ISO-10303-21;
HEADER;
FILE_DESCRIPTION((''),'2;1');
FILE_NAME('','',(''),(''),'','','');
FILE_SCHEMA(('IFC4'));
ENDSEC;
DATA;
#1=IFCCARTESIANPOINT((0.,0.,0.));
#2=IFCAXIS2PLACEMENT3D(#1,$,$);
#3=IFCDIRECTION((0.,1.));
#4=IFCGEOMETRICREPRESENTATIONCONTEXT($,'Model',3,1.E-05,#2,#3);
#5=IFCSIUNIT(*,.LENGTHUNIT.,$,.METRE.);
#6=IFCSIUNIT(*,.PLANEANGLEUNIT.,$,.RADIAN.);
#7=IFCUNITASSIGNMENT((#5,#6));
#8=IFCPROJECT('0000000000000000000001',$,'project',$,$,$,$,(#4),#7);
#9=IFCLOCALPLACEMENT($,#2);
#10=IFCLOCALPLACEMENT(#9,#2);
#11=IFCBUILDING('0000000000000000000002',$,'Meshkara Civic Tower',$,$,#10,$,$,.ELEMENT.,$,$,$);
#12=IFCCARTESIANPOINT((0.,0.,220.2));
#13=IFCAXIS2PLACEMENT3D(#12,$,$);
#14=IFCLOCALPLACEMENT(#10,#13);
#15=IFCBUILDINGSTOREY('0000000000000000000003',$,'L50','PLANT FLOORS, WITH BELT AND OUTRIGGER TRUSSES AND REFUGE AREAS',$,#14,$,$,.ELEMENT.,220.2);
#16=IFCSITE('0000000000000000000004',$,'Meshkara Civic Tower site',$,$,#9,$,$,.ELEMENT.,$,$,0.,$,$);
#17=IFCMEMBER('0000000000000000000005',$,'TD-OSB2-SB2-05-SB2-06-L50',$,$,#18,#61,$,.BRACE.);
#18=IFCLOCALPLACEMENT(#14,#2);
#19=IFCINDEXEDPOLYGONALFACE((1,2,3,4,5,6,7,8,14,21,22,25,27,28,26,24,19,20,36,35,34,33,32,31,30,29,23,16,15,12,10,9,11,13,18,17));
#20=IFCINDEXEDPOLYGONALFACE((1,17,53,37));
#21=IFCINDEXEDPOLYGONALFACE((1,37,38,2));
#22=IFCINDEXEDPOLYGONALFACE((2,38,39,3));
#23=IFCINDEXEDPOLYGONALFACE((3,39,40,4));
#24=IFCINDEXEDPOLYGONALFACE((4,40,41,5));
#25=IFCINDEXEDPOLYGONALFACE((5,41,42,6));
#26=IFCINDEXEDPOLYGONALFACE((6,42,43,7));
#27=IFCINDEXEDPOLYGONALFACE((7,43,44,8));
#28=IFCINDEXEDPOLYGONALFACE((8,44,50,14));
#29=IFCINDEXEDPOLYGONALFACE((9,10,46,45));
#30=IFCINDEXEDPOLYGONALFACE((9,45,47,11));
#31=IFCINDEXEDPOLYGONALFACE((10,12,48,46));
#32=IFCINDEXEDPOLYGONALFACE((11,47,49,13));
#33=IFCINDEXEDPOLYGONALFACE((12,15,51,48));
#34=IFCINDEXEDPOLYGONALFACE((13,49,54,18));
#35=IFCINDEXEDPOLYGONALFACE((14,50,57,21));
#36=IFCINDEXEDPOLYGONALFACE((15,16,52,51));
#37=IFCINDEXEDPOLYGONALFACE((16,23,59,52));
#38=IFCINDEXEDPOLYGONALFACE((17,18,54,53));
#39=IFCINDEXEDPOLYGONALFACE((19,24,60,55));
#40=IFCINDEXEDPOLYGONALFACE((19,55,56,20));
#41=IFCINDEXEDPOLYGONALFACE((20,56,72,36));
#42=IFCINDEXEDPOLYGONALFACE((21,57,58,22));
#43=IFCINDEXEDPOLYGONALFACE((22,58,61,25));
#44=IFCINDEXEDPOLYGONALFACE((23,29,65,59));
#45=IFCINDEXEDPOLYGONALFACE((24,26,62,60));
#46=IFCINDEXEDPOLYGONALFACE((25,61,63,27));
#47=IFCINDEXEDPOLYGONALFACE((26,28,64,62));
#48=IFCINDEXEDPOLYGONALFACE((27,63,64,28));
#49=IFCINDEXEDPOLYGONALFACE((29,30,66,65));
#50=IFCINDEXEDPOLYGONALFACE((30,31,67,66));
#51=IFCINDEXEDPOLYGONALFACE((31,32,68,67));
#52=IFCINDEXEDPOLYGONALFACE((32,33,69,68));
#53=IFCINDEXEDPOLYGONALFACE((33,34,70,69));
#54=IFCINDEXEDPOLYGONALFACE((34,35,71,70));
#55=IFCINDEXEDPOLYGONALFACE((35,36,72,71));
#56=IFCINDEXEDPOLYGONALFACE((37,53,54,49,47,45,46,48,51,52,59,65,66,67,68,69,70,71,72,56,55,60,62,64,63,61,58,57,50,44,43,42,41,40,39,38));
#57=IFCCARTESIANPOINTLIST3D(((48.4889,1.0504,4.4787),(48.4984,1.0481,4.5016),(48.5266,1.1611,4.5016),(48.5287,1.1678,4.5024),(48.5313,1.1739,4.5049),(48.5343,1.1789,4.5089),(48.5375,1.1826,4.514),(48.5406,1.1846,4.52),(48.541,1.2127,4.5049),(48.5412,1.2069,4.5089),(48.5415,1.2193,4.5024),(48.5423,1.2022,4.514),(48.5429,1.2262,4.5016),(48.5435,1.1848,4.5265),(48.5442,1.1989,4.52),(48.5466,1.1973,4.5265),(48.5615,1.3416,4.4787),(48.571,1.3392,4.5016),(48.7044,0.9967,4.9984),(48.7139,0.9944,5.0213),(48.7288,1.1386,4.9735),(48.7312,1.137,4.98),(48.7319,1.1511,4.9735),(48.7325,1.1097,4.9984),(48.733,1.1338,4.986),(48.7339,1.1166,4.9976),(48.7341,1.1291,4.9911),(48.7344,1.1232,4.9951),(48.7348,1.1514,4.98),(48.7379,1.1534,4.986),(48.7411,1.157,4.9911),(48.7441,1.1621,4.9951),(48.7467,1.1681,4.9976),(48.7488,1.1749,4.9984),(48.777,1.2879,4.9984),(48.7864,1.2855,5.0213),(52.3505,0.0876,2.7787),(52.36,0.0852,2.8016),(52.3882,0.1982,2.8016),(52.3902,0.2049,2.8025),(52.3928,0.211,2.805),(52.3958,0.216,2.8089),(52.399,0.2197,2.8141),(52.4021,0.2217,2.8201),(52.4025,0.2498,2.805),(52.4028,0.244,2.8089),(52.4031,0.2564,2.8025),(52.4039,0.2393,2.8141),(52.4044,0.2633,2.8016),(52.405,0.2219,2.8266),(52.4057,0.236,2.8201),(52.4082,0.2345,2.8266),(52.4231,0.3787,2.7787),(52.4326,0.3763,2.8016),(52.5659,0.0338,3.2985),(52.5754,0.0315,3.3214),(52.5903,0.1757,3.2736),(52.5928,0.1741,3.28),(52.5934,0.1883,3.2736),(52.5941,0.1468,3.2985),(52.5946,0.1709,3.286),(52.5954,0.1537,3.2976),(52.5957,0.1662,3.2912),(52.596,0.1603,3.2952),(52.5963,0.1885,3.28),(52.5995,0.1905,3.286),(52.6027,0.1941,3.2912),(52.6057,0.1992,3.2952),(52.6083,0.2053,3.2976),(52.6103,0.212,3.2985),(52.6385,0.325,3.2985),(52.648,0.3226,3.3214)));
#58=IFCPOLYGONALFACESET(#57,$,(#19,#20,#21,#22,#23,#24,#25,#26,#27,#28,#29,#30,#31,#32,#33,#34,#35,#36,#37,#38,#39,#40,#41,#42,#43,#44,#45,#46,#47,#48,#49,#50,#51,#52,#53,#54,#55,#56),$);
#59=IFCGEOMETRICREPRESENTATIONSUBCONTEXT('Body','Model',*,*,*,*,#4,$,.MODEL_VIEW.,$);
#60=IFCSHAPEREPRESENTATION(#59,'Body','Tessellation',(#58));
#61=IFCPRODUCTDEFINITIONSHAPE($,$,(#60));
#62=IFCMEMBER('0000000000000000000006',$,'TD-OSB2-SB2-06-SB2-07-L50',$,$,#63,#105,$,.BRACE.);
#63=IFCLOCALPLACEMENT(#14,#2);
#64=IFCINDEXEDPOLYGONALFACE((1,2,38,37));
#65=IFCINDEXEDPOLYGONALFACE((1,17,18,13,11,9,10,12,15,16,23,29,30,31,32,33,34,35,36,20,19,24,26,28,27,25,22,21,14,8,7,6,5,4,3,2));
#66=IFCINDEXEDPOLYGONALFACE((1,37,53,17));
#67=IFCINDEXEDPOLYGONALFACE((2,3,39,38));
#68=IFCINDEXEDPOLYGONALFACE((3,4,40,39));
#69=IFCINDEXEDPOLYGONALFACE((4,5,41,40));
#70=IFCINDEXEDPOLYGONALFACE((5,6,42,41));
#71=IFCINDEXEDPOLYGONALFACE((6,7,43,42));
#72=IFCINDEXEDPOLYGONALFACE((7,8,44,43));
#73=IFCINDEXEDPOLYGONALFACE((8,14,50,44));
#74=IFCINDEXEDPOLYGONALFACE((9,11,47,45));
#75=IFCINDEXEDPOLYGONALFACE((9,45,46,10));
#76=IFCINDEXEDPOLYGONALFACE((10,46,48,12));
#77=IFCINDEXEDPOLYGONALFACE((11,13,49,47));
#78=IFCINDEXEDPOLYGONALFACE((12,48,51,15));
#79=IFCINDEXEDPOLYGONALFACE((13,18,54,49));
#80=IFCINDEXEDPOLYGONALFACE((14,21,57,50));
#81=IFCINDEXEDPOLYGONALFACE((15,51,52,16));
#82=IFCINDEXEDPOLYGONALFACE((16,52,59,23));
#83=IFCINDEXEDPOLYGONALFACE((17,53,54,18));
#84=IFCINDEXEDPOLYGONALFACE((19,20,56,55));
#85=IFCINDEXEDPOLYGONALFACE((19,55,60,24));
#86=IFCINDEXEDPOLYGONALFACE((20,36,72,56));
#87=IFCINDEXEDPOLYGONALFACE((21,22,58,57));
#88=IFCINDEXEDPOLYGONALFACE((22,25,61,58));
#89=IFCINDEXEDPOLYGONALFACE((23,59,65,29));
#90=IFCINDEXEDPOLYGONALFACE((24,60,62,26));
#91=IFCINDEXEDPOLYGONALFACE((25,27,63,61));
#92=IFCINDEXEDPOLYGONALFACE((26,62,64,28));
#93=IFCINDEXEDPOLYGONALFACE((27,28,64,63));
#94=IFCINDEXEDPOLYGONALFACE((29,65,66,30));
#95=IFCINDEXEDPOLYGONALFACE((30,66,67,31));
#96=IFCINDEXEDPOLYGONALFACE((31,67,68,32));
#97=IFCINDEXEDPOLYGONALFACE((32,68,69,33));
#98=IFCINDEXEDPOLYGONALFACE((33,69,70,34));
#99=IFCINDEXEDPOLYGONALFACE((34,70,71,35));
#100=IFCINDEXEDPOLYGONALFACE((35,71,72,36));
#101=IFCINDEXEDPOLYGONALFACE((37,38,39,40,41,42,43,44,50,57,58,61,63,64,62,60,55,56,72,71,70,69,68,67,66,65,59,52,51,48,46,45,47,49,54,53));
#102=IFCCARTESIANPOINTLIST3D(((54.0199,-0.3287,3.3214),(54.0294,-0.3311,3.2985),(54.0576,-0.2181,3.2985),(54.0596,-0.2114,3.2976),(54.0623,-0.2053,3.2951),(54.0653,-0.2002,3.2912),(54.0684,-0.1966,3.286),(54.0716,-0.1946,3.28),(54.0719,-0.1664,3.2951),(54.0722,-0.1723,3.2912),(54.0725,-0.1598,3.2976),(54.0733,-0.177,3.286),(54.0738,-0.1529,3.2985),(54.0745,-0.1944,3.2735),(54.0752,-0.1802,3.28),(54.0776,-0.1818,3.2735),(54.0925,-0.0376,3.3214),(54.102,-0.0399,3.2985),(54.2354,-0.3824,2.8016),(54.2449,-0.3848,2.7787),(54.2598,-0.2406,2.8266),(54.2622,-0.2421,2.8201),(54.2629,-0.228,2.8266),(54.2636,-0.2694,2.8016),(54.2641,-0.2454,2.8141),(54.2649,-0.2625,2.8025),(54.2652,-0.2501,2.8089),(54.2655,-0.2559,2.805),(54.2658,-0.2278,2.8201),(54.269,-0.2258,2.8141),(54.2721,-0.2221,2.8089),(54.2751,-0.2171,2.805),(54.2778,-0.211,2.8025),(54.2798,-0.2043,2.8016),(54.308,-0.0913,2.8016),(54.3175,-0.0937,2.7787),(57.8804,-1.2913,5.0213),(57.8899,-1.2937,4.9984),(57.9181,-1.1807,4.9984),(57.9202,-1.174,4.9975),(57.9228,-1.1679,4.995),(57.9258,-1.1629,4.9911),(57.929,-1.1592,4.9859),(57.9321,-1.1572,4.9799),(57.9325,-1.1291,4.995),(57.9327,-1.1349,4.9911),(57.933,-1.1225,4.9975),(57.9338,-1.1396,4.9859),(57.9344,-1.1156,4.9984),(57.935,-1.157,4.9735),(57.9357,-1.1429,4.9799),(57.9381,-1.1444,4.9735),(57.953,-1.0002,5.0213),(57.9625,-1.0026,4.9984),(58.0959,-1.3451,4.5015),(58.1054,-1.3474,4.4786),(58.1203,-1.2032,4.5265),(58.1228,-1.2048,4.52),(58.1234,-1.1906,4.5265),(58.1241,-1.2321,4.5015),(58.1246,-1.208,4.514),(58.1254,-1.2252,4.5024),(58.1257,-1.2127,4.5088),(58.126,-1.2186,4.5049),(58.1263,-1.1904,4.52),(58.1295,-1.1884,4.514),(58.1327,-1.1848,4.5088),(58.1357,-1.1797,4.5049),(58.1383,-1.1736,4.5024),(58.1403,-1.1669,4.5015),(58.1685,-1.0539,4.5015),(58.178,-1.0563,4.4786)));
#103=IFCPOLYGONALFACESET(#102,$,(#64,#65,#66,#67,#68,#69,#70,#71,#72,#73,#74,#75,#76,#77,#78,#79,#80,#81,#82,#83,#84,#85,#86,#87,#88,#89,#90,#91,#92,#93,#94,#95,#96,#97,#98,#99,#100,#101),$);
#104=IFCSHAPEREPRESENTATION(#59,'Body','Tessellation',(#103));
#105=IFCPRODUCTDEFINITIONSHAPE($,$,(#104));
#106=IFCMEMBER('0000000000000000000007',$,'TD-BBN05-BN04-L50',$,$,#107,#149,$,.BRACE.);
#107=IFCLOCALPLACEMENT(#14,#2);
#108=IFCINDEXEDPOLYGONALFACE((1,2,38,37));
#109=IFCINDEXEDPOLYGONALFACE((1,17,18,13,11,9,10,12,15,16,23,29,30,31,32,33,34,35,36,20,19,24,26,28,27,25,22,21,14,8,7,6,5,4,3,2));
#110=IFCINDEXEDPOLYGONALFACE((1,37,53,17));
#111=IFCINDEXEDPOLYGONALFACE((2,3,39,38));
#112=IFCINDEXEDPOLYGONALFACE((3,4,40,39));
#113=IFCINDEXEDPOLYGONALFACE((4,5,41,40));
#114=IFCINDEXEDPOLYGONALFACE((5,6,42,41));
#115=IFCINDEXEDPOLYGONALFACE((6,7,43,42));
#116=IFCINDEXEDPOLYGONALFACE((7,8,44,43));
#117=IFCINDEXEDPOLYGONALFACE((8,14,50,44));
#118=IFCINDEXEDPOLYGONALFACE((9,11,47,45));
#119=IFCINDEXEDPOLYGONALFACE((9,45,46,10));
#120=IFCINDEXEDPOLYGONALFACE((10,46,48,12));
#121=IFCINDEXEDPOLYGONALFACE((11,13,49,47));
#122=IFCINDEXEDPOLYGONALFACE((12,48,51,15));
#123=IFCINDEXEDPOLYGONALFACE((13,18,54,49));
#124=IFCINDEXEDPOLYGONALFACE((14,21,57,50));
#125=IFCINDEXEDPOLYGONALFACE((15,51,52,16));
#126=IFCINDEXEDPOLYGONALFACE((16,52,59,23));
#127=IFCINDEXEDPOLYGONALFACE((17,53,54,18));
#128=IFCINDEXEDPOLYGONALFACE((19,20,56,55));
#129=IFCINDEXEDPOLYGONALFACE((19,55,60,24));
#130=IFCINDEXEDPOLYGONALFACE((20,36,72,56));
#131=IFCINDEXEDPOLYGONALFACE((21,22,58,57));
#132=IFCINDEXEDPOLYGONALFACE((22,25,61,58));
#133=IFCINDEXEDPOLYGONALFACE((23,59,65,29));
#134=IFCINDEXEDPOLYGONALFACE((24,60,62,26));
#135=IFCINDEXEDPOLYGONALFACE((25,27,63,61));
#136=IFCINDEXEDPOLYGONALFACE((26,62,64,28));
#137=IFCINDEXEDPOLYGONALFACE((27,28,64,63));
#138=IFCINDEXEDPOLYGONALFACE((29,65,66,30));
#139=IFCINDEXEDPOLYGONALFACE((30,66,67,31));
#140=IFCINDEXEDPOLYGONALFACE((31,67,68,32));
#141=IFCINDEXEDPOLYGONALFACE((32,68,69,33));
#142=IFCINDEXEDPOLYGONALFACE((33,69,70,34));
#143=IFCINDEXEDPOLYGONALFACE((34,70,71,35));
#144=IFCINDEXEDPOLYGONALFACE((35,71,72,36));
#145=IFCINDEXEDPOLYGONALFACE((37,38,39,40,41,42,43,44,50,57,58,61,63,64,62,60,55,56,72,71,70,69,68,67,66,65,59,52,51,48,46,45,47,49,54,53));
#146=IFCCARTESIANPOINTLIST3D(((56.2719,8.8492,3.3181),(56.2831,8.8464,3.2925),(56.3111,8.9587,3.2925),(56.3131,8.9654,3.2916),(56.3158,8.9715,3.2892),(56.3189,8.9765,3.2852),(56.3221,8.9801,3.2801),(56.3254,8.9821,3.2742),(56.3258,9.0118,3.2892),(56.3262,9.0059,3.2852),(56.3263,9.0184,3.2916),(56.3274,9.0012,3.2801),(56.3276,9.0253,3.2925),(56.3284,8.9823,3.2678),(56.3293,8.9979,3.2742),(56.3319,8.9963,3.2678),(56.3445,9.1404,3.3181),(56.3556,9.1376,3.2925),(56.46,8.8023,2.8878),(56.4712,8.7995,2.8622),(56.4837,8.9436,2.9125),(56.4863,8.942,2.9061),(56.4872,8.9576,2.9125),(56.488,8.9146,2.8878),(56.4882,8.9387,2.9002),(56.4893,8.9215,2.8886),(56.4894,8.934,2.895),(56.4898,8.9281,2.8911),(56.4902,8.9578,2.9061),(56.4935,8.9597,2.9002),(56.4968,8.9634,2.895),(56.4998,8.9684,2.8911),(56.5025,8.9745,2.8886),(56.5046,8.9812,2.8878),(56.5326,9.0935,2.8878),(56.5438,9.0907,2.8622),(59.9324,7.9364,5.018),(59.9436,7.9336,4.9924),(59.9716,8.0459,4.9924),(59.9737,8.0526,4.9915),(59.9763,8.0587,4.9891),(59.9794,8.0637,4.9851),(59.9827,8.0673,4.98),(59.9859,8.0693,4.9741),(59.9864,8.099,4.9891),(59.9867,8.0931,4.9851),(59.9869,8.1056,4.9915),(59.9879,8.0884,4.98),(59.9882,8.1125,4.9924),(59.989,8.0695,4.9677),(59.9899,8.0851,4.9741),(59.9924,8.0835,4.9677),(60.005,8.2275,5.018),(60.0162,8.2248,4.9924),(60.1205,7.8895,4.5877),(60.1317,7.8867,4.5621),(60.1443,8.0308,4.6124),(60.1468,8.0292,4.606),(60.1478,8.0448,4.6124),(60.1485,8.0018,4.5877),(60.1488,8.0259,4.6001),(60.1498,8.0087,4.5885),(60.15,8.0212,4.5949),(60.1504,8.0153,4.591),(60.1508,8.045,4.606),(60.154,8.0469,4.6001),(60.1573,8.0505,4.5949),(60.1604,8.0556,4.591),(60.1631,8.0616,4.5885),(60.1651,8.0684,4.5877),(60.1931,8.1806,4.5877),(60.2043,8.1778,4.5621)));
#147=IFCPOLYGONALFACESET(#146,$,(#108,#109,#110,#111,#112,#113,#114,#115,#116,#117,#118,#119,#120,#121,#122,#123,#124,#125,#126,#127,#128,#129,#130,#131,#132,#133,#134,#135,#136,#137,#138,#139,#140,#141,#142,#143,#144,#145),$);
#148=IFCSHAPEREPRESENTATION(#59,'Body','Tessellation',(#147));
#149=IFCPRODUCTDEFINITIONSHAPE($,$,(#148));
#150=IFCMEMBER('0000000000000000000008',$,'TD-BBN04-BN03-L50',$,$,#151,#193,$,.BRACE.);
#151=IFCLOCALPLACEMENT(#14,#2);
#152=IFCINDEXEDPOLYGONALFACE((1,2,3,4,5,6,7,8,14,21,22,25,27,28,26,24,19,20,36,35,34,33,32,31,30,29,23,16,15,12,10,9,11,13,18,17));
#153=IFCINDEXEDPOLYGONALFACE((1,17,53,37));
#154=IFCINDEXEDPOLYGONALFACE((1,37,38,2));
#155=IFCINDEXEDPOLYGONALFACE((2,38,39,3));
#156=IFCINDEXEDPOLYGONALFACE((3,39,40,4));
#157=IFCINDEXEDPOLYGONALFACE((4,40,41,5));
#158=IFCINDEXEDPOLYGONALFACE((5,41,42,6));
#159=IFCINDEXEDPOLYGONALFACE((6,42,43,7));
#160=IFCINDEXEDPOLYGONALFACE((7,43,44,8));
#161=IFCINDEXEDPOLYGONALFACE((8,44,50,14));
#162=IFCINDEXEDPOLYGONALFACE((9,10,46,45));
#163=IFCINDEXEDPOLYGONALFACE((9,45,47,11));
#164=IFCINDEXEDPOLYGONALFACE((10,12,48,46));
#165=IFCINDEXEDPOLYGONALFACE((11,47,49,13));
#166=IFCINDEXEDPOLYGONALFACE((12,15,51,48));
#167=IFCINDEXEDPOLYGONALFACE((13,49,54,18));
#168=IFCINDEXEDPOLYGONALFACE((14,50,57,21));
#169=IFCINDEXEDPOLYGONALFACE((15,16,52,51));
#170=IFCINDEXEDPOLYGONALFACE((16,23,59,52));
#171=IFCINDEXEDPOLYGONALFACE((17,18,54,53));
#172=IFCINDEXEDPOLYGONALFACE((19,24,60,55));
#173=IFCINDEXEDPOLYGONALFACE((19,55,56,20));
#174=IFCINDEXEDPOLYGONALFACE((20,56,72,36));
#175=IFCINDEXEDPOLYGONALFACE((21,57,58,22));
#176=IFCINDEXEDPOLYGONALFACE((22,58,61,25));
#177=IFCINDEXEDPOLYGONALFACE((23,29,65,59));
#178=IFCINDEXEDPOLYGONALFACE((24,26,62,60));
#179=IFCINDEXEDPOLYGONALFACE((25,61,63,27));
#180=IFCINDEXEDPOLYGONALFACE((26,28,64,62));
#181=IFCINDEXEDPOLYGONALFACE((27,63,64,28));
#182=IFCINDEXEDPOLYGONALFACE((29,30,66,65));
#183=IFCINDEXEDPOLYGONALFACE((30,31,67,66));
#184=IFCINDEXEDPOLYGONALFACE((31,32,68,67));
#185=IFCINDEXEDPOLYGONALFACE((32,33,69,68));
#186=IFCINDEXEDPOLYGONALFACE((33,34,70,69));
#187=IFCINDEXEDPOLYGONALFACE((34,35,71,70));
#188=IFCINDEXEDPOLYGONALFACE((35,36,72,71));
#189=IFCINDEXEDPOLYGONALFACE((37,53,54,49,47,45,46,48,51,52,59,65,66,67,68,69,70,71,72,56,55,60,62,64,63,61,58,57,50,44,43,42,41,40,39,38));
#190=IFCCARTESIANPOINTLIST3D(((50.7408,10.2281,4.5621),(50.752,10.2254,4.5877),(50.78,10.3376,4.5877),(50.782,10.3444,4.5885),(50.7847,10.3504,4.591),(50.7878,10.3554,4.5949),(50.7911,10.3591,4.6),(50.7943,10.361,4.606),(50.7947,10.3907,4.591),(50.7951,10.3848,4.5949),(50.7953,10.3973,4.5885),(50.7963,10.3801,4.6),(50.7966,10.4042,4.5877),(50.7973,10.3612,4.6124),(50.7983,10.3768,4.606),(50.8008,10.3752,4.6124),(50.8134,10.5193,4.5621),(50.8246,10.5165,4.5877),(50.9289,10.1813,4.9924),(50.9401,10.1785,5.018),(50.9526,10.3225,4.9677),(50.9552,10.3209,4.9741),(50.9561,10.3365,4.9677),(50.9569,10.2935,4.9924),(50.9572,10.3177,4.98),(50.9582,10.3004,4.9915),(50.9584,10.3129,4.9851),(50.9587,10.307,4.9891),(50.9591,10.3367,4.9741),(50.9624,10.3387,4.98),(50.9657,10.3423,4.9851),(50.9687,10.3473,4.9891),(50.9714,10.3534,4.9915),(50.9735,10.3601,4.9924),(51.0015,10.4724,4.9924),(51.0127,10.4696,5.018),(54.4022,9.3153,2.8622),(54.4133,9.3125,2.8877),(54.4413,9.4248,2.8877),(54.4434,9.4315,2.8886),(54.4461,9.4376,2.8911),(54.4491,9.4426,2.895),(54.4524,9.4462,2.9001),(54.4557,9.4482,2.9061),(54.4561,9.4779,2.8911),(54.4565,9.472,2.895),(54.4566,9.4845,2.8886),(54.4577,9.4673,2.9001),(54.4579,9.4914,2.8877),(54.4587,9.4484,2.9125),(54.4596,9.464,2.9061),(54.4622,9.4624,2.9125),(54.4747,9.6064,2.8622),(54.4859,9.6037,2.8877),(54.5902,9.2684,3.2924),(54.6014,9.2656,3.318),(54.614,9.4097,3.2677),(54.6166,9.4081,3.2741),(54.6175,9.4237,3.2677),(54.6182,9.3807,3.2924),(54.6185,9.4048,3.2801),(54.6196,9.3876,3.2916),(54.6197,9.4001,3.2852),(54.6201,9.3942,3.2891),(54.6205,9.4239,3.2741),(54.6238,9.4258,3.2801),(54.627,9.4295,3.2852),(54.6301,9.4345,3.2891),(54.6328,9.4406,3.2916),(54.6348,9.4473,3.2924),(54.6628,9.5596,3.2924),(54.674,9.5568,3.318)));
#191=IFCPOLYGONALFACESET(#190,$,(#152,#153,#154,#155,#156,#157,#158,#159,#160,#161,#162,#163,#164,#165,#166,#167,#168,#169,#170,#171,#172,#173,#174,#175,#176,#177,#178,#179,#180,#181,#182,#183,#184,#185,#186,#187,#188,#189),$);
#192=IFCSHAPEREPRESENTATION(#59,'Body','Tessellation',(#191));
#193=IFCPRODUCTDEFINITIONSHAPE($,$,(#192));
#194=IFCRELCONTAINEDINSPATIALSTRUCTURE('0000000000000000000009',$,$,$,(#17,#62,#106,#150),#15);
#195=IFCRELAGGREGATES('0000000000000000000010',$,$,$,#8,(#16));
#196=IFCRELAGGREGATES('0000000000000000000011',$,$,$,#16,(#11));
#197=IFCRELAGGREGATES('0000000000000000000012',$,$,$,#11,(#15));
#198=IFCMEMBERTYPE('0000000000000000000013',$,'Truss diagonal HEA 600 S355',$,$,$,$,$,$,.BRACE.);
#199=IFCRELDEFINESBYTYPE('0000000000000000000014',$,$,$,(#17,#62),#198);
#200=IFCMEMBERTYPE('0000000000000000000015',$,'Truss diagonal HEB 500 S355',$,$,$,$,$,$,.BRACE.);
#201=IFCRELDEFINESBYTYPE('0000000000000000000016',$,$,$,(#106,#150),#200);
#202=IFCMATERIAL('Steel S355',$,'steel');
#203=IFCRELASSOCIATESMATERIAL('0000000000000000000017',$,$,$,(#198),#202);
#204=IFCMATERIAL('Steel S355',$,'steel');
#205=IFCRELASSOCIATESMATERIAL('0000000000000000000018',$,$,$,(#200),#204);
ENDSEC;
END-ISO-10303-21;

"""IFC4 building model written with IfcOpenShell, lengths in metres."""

from ifc_helpers import new_model, si_unit, direction, frame, origin, origin_2d, place, context, subcontext, project, spatial, i_section, extrude, material, material_profile, profile_set, type_object, element, save


model = new_model("IFC4")

# Units and contexts
model_context = context("Model", 3, precision=1e-05, world=origin(), true_north=direction((0.0, 1.0)))
body_context = subcontext(model_context, "Body", "Model", "MODEL_VIEW")
ifc_project = project(units=[si_unit("LENGTHUNIT", "METRE"), si_unit("PLANEANGLEUNIT", "RADIAN")], contexts=[model_context])

# Site, building, storey
site_placement = place(None, origin())
site = spatial("IfcSite", under=ifc_project, at=site_placement, Name="Meshkara Civic Tower site", CompositionType="ELEMENT", RefElevation=0.0)
building_placement = place(site_placement, origin())
building = spatial("IfcBuilding", under=site, at=building_placement, Name="Meshkara Civic Tower", CompositionType="ELEMENT")
storey_placement = place(building_placement, frame((0.0, 0.0, 220.2)))
storey = spatial("IfcBuildingStorey", under=building, at=storey_placement, Name="L50", Description="PLANT FLOORS, WITH BELT AND OUTRIGGER TRUSSES AND REFUGE AREAS", CompositionType="ELEMENT", Elevation=220.2)

# Members
ifc_material_1 = material(Name="Steel S355", Category="steel")
ifc_material_profile_1 = material_profile(ifc_material_1, i_section(OverallWidth=0.3, OverallDepth=0.5901, WebThickness=0.0129, FlangeThickness=0.0249, FilletRadius=0.0271, at=origin_2d()))
ifc_profile_set_1 = profile_set([ifc_material_profile_1], Name="Steel S355")
member_type_1 = type_object("IfcMemberType", Name="Truss diagonal HEA 600 S355", PredefinedType="BRACE", material=ifc_profile_set_1)
member_1_placement = place(storey_placement, frame((48.6377, 1.168, 4.75), z_axis=(0.892298, -0.222496, -0.39281), x_axis=(0.241944, 0.97029, 0.0)))
element("IfcMember", 1, at=member_1_placement, inside=storey, type_object=member_type_1, Name="TD-OSB2-SB2-05-SB2-06-L50", PredefinedType="BRACE", context=body_context, shape_type="SweptSolid", body=[
    extrude(i_section(OverallWidth=0.3, OverallDepth=0.5901, WebThickness=0.0129, FlangeThickness=0.0249, FilletRadius=0.0271, at=origin_2d()), origin(), (0.0, 0.0, 1.0), 4.3276),
])
member_2_placement = place(storey_placement, frame((54.1687, -0.2112, 3.05), z_axis=(0.892263, -0.222487, 0.392894), x_axis=(0.241944, 0.97029, 0.0)))
element("IfcMember", 2, at=member_2_placement, inside=storey, type_object=member_type_1, Name="TD-OSB2-SB2-06-SB2-07-L50", PredefinedType="BRACE", context=body_context, shape_type="SweptSolid", body=[
    extrude(i_section(OverallWidth=0.3, OverallDepth=0.5901, WebThickness=0.0129, FlangeThickness=0.0249, FilletRadius=0.0271, at=origin_2d()), origin(), (0.0, 0.0, 1.0), 4.3267),
])
ifc_material_2 = material(Name="Steel S355", Category="steel")
ifc_material_profile_2 = material_profile(ifc_material_2, i_section(OverallWidth=0.3, OverallDepth=0.5, WebThickness=0.0144, FlangeThickness=0.0281, FilletRadius=0.0271, at=origin_2d()))
ifc_profile_set_2 = profile_set([ifc_material_profile_2], Name="Steel S355")
member_type_2 = type_object("IfcMemberType", Name="Truss diagonal HEB 500 S355", PredefinedType="BRACE", material=ifc_profile_set_2)
member_3_placement = place(storey_placement, frame((60.0684, 8.0571, 4.79), z_axis=(-0.884631, 0.220597, -0.41081), x_axis=(-0.241957, -0.970287, 0.0)))
element("IfcMember", 3, at=member_3_placement, inside=storey, type_object=member_type_2, Name="TD-BBN05-BN04-L50", PredefinedType="BRACE", context=body_context, shape_type="SweptSolid", body=[
    extrude(i_section(OverallWidth=0.3, OverallDepth=0.5, WebThickness=0.0144, FlangeThickness=0.0281, FilletRadius=0.0271, at=origin_2d()), origin(), (0.0, 0.0, 1.0), 4.1379),
])
for number, where, z_axis, x_axis, name in (
    (4, (54.5381, 9.436, 3.0901), (-0.884669, 0.220563, 0.410746), (-0.241911, -0.970298, 0.0), "TD-BBN04-BN03-L50"),
):
    element("IfcMember", number, at=place(storey_placement, frame(where, z_axis=z_axis, x_axis=x_axis)), inside=storey, type_object=member_type_2, Name=name, PredefinedType="BRACE", context=body_context, shape_type="SweptSolid", body=[
        extrude(i_section(OverallWidth=0.3, OverallDepth=0.5, WebThickness=0.0144, FlangeThickness=0.0281, FilletRadius=0.0271, at=origin_2d()), origin(), (0.0, 0.0, 1.0), 4.1387),
    ])

save(model, "model.ifc")
